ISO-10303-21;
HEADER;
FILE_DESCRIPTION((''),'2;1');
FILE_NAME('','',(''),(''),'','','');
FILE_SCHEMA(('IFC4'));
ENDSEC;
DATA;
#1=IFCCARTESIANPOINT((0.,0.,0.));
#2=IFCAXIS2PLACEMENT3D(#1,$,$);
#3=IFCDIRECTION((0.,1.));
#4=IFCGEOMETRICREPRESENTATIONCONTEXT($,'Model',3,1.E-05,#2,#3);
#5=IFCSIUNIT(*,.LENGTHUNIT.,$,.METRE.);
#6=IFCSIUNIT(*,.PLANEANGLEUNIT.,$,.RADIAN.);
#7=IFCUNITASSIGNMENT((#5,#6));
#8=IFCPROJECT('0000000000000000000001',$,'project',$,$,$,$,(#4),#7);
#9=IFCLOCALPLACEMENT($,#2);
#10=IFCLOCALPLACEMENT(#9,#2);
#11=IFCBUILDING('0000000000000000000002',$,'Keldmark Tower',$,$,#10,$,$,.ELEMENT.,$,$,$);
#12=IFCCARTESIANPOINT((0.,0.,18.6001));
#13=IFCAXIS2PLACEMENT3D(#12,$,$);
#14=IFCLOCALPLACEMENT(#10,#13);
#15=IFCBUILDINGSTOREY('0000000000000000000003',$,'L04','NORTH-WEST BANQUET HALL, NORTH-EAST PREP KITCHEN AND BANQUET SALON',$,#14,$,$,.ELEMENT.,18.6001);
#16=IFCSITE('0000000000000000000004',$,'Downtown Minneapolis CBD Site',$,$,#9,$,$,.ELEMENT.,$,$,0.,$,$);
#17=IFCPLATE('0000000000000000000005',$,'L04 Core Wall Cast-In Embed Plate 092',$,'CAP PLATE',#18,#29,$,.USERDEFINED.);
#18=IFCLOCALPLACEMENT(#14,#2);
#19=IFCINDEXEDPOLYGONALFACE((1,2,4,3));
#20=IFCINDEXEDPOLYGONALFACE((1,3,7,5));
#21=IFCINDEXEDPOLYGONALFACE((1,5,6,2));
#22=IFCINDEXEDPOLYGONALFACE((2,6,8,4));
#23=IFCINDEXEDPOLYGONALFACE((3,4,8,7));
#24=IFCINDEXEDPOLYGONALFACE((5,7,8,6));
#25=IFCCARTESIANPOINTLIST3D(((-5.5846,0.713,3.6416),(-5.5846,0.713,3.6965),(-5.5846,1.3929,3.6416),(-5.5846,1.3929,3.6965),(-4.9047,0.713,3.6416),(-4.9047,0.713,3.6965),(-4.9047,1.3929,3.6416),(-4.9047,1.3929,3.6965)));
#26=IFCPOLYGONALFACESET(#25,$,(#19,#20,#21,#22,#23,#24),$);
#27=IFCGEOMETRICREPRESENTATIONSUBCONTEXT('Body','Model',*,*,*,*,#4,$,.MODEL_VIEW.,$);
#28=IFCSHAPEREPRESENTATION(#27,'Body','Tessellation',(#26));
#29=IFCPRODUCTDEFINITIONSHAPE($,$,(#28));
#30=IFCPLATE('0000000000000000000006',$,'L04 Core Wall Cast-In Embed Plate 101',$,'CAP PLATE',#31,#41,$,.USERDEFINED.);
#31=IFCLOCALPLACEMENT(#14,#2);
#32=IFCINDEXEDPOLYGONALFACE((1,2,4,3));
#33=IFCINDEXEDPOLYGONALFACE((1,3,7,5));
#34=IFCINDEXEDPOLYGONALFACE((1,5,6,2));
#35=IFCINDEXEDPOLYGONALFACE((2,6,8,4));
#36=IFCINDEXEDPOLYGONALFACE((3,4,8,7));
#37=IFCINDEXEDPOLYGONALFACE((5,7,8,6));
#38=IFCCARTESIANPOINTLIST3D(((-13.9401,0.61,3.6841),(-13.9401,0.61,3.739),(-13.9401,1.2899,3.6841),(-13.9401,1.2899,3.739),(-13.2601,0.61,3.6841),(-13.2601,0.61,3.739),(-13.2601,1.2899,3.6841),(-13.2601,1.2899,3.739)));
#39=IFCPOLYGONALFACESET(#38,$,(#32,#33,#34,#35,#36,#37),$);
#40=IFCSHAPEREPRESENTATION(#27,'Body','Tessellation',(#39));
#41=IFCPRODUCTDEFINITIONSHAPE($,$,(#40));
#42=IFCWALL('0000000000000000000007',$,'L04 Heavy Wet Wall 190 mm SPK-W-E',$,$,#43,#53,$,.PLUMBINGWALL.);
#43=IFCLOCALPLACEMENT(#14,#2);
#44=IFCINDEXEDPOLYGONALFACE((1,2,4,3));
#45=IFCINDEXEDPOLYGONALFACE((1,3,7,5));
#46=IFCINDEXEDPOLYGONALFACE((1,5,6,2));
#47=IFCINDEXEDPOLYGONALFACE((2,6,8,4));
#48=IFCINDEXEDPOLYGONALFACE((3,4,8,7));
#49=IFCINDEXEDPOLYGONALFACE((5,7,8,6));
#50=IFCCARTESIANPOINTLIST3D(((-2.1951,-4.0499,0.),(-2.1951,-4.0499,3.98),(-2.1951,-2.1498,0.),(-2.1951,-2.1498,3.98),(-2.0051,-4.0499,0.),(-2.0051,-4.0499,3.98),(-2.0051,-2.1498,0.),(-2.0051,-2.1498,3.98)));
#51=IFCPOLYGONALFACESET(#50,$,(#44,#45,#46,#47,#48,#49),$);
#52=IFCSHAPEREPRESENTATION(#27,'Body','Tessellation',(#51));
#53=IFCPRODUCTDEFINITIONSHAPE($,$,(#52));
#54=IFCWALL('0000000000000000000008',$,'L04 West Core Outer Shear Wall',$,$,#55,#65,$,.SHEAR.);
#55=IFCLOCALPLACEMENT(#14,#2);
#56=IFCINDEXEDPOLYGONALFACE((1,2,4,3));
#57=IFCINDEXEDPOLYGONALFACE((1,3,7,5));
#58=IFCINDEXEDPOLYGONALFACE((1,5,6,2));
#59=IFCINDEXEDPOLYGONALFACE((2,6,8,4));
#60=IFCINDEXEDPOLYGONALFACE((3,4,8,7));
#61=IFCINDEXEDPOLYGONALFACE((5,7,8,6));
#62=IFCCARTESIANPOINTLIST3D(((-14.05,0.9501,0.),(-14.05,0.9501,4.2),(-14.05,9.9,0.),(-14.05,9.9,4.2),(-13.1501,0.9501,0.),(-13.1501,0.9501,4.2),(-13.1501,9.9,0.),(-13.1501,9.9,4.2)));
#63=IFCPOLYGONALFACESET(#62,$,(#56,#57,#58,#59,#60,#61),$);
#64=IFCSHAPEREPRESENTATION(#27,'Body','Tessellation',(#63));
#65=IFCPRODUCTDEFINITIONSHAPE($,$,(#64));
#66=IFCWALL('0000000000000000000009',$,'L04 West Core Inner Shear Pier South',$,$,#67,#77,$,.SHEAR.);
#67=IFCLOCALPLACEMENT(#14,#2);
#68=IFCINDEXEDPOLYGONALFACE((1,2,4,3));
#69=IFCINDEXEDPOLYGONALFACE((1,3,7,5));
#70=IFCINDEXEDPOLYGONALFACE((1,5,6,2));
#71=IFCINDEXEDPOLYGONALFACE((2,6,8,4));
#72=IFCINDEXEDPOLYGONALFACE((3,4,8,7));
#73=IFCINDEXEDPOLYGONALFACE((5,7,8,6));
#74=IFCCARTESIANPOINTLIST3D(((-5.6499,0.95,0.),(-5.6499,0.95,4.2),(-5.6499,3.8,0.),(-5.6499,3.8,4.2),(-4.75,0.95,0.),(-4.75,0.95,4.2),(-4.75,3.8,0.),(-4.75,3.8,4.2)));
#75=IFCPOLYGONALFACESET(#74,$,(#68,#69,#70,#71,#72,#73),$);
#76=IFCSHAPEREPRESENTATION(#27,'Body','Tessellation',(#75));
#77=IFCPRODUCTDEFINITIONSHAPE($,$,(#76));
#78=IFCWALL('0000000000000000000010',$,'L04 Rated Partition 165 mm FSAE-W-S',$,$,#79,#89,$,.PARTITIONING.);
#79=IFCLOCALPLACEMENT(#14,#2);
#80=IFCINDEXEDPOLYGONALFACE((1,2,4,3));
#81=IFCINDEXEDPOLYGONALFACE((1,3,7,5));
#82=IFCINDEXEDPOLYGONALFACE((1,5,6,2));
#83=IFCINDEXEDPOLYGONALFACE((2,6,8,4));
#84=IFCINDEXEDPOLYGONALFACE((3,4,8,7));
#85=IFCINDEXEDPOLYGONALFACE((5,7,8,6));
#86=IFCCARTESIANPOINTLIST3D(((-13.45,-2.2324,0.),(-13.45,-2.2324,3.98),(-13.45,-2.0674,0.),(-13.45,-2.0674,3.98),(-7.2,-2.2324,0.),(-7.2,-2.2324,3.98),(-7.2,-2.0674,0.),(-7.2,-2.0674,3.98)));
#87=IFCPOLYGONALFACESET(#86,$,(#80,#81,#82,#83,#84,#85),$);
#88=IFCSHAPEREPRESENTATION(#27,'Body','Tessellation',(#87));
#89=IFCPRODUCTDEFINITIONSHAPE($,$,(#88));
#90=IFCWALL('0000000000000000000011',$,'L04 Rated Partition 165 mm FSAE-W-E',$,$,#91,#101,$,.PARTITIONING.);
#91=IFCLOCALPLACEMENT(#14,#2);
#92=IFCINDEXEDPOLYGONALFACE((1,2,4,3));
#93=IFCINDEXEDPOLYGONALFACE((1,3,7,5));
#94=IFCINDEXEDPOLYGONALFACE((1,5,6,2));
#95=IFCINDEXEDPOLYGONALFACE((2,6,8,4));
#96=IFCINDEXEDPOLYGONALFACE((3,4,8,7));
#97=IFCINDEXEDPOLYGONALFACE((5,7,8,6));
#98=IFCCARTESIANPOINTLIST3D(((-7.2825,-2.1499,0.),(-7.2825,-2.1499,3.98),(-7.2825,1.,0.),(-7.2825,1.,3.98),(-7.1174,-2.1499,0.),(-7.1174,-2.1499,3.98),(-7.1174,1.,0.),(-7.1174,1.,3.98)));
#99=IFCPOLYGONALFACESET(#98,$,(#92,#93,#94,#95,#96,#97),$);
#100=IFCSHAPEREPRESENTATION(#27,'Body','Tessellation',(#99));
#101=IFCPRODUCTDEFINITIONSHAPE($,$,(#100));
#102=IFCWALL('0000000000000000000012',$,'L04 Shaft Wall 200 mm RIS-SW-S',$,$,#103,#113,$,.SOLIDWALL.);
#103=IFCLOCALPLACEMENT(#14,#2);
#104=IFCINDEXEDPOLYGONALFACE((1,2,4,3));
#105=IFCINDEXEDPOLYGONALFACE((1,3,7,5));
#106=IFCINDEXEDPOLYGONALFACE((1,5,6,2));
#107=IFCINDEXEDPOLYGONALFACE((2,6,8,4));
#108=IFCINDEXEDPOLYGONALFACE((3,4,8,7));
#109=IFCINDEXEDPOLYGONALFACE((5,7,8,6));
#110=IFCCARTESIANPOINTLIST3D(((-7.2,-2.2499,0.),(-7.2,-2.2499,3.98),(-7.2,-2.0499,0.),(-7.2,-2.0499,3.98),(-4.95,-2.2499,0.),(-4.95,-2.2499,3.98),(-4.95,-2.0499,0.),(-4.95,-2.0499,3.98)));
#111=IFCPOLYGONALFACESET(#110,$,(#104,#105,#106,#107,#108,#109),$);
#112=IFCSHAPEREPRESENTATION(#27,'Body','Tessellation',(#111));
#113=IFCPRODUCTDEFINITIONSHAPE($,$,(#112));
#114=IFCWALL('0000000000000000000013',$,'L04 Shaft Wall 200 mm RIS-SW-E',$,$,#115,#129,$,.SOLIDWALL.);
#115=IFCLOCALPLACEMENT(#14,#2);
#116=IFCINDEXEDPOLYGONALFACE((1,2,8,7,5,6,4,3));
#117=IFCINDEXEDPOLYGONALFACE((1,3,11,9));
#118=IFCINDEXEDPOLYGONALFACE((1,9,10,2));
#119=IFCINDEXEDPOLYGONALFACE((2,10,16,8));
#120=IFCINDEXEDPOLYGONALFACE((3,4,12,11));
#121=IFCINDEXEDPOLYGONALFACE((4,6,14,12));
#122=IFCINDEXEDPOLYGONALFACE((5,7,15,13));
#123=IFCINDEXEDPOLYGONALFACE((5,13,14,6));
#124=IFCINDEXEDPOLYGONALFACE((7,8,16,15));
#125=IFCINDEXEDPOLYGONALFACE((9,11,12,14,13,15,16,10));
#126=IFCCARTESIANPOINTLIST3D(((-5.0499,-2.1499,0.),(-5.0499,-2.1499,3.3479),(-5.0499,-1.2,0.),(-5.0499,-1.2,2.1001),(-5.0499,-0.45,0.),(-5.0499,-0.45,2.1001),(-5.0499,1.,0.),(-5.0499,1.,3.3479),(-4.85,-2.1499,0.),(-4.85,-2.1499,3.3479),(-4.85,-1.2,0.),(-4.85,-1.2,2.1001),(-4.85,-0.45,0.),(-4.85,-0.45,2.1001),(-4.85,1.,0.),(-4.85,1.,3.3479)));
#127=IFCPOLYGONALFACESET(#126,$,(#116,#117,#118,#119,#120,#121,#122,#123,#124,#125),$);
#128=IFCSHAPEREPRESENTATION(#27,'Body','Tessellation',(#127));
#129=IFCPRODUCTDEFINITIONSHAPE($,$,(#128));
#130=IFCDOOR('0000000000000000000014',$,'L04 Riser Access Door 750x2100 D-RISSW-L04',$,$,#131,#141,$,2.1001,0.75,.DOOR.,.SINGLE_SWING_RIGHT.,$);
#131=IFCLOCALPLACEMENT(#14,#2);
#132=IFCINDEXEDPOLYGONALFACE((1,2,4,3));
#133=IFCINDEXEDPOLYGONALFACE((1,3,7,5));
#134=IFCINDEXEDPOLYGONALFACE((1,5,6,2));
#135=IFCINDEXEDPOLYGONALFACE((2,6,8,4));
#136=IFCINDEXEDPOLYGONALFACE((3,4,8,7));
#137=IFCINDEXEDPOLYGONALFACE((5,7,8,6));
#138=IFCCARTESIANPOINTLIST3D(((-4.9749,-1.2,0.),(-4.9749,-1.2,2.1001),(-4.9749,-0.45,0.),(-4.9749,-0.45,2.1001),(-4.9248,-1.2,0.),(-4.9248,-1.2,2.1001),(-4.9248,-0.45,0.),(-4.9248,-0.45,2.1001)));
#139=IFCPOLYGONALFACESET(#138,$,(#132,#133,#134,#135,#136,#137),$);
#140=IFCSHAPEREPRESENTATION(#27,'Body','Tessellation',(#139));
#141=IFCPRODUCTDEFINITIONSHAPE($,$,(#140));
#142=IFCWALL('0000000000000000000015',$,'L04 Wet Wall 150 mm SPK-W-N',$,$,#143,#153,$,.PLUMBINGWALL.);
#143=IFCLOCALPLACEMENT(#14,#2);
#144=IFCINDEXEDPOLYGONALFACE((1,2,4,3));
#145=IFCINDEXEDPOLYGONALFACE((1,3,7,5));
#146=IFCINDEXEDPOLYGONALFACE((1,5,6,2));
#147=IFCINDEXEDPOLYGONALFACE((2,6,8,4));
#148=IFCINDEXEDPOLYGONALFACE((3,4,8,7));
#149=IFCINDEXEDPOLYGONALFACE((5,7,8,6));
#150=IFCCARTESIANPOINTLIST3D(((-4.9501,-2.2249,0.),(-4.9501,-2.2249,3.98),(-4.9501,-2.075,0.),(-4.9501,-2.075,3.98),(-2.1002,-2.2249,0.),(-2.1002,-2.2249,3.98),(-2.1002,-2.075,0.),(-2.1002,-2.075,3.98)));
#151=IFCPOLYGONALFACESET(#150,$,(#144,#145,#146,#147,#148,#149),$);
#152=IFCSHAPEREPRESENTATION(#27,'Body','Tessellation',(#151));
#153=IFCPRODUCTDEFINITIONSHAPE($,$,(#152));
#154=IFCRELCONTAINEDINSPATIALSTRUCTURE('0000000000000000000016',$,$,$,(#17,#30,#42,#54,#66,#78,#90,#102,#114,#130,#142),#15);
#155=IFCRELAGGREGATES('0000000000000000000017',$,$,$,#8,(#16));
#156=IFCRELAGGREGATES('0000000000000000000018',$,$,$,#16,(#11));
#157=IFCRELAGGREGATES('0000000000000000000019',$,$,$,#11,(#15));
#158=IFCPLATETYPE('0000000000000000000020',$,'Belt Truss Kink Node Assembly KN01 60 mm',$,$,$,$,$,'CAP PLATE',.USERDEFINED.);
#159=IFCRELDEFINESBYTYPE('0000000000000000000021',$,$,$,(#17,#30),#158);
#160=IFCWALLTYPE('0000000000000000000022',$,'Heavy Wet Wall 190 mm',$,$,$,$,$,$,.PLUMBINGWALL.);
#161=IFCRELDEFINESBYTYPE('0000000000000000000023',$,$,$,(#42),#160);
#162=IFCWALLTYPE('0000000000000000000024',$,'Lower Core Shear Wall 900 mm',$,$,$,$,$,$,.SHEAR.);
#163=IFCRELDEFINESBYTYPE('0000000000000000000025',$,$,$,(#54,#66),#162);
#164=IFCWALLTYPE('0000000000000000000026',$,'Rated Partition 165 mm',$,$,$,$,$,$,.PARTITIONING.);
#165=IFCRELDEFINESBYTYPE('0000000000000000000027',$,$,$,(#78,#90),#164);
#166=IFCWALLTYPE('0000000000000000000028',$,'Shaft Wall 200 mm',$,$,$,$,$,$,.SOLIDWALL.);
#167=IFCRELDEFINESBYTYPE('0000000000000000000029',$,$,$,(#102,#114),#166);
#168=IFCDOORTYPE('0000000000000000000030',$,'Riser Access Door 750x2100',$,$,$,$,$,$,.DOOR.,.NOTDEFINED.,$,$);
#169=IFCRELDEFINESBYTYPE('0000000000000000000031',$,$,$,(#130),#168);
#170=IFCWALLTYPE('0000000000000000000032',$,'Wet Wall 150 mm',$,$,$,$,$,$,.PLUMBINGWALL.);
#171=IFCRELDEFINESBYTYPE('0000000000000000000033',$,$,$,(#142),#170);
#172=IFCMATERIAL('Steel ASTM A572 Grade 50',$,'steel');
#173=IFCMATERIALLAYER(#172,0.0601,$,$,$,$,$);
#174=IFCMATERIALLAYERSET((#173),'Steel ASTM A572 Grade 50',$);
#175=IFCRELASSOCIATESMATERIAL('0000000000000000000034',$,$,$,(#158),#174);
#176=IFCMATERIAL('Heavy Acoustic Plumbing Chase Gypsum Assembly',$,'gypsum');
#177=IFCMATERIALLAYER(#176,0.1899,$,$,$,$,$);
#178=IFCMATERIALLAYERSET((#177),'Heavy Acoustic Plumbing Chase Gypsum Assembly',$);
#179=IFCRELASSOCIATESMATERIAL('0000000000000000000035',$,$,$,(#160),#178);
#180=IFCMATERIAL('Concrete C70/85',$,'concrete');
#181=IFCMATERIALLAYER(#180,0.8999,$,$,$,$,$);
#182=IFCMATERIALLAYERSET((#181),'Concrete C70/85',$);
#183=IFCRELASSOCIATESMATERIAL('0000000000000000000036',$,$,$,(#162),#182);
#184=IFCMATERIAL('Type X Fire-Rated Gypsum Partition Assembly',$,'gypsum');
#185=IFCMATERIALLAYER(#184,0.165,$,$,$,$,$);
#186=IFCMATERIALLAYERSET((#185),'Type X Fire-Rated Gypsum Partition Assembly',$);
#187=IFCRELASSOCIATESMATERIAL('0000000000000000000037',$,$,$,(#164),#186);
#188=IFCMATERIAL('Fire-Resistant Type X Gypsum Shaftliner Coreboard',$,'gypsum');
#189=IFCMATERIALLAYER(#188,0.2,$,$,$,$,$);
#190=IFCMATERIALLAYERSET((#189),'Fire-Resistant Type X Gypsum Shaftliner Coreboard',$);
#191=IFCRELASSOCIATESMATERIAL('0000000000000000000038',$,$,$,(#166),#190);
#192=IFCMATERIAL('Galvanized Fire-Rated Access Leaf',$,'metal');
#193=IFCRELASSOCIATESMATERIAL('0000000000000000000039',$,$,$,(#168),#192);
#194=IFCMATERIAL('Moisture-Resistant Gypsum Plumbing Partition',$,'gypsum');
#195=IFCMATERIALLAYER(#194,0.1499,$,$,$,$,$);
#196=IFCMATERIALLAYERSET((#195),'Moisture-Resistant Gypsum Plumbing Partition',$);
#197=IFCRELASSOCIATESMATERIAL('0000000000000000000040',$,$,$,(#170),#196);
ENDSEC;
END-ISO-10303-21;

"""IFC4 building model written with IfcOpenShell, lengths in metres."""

from ifc_helpers import new_model, si_unit, direction, frame, frame_2d, origin, origin_2d, place, context, subcontext, project, spatial, rectangle, extrude, material, layer, layer_set, type_object, element, fill, save


model = new_model("IFC4")

# Units and contexts
model_context = context("Model", 3, precision=1e-05, world=origin(), true_north=direction((0.0, 1.0)))
body_context = subcontext(model_context, "Body", "Model", "MODEL_VIEW")
ifc_project = project(units=[si_unit("LENGTHUNIT", "METRE"), si_unit("PLANEANGLEUNIT", "RADIAN")], contexts=[model_context])

# Site, building, storey
site_placement = place(None, origin())
site = spatial("IfcSite", under=ifc_project, at=site_placement, Name="Downtown Minneapolis CBD Site", CompositionType="ELEMENT", RefElevation=0.0)
building_placement = place(site_placement, origin())
building = spatial("IfcBuilding", under=site, at=building_placement, Name="Keldmark Tower", CompositionType="ELEMENT")
storey_placement = place(building_placement, frame((0.0, 0.0, 18.6001)))
storey = spatial("IfcBuildingStorey", under=building, at=storey_placement, Name="L04", Description="NORTH-WEST BANQUET HALL, NORTH-EAST PREP KITCHEN AND BANQUET SALON", CompositionType="ELEMENT", Elevation=18.6001)

# Plates
ifc_material_1 = material(Name="Steel ASTM A572 Grade 50", Category="steel")
ifc_layer_1 = layer(ifc_material_1, 0.0601)
ifc_layer_set_1 = layer_set([ifc_layer_1], Name="Steel ASTM A572 Grade 50")
plate_type = type_object("IfcPlateType", Name="Belt Truss Kink Node Assembly KN01 60 mm", ElementType="CAP PLATE", PredefinedType="USERDEFINED", material=ifc_layer_set_1)
for number, where, z_axis, x_axis, name in (
    (1, (-5.2446, 1.053, 3.6416), (0.0, 0.0, 1.0), (1.0, 0.0, 0.0), "L04 Core Wall Cast-In Embed Plate 092"),
    (2, (-13.6001, 0.95, 3.6841), (0.0, 0.0, 1.0), (1.0, 0.0, 0.0), "L04 Core Wall Cast-In Embed Plate 101"),
):
    element("IfcPlate", number, at=place(storey_placement, frame(where, z_axis=z_axis, x_axis=x_axis)), inside=storey, type_object=plate_type, Name=name, ObjectType="CAP PLATE", PredefinedType="USERDEFINED", context=body_context, shape_type="SweptSolid", body=[
        extrude(rectangle(XDim=0.6799, YDim=0.6799, at=origin_2d()), origin(), (0.0, 0.0, 1.0), 0.0549),
    ])

# Walls
ifc_material_2 = material(Name="Heavy Acoustic Plumbing Chase Gypsum Assembly", Category="gypsum")
ifc_layer_2 = layer(ifc_material_2, 0.1899)
ifc_layer_set_2 = layer_set([ifc_layer_2], Name="Heavy Acoustic Plumbing Chase Gypsum Assembly")
wall_type_1 = type_object("IfcWallType", Name="Heavy Wet Wall 190 mm", PredefinedType="PLUMBINGWALL", material=ifc_layer_set_2)
wall_1_placement = place(storey_placement, frame((-2.1001, -4.05, 0.0), z_axis=(0.0, 0.0, 1.0), x_axis=(0.0, 1.0, 0.0)))
element("IfcWall", 3, at=wall_1_placement, inside=storey, type_object=wall_type_1, Name="L04 Heavy Wet Wall 190 mm SPK-W-E", PredefinedType="PLUMBINGWALL", context=body_context, shape_type="SweptSolid", body=[
    extrude(rectangle(XDim=1.9001, YDim=0.1899, at=frame_2d((0.9502, 0.0))), origin(), (0.0, 0.0, 1.0), 3.98),
])
ifc_material_3 = material(Name="Concrete C70/85", Category="concrete")
ifc_layer_3 = layer(ifc_material_3, 0.8999)
ifc_layer_set_3 = layer_set([ifc_layer_3], Name="Concrete C70/85")
wall_type_2 = type_object("IfcWallType", Name="Lower Core Shear Wall 900 mm", PredefinedType="SHEAR", material=ifc_layer_set_3)
wall_2_placement = place(storey_placement, frame((-13.6001, 0.95, 0.0), z_axis=(0.0, 0.0, 1.0), x_axis=(0.0, 1.0, 0.0)))
element("IfcWall", 4, at=wall_2_placement, inside=storey, type_object=wall_type_2, Name="L04 West Core Outer Shear Wall", PredefinedType="SHEAR", context=body_context, shape_type="SweptSolid", body=[
    extrude(rectangle(XDim=8.95, YDim=0.8999, at=frame_2d((4.4751, 0.0))), origin(), (0.0, 0.0, 1.0), 4.2),
])

# Walls
wall_3_placement = place(storey_placement, frame((-5.2, 0.95, 0.0), z_axis=(0.0, 0.0, 1.0), x_axis=(0.0, 1.0, 0.0)))
element("IfcWall", 5, at=wall_3_placement, inside=storey, type_object=wall_type_2, Name="L04 West Core Inner Shear Pier South", PredefinedType="SHEAR", context=body_context, shape_type="SweptSolid", body=[
    extrude(rectangle(XDim=2.8501, YDim=0.8999, at=frame_2d((1.425, 0.0))), origin(), (0.0, 0.0, 1.0), 4.2),
])
ifc_material_4 = material(Name="Type X Fire-Rated Gypsum Partition Assembly", Category="gypsum")
ifc_layer_4 = layer(ifc_material_4, 0.165)
ifc_layer_set_4 = layer_set([ifc_layer_4], Name="Type X Fire-Rated Gypsum Partition Assembly")
wall_type_3 = type_object("IfcWallType", Name="Rated Partition 165 mm", PredefinedType="PARTITIONING", material=ifc_layer_set_4)
wall_4_placement = place(storey_placement, frame((-13.45, -2.1499, 0.0), z_axis=(0.0, 0.0, 1.0), x_axis=(1.0, 0.0, 0.0)))
element("IfcWall", 6, at=wall_4_placement, inside=storey, type_object=wall_type_3, Name="L04 Rated Partition 165 mm FSAE-W-S", PredefinedType="PARTITIONING", context=body_context, shape_type="SweptSolid", body=[
    extrude(rectangle(XDim=6.25, YDim=0.165, at=frame_2d((3.125, 0.0))), origin(), (0.0, 0.0, 1.0), 3.98),
])

# Walls
wall_5_placement = place(storey_placement, frame((-7.2, -2.1499, 0.0), z_axis=(0.0, 0.0, 1.0), x_axis=(0.0, 1.0, 0.0)))
element("IfcWall", 7, at=wall_5_placement, inside=storey, type_object=wall_type_3, Name="L04 Rated Partition 165 mm FSAE-W-E", PredefinedType="PARTITIONING", context=body_context, shape_type="SweptSolid", body=[
    extrude(rectangle(XDim=3.1499, YDim=0.165, at=frame_2d((1.575, 0.0))), origin(), (0.0, 0.0, 1.0), 3.98),
])
ifc_material_5 = material(Name="Fire-Resistant Type X Gypsum Shaftliner Coreboard", Category="gypsum")
ifc_layer_5 = layer(ifc_material_5, 0.2)
ifc_layer_set_5 = layer_set([ifc_layer_5], Name="Fire-Resistant Type X Gypsum Shaftliner Coreboard")
wall_type_4 = type_object("IfcWallType", Name="Shaft Wall 200 mm", PredefinedType="SOLIDWALL", material=ifc_layer_set_5)
wall_6_placement = place(storey_placement, frame((-7.2, -2.1499, 0.0), z_axis=(0.0, 0.0, 1.0), x_axis=(1.0, 0.0, 0.0)))
element("IfcWall", 8, at=wall_6_placement, inside=storey, type_object=wall_type_4, Name="L04 Shaft Wall 200 mm RIS-SW-S", PredefinedType="SOLIDWALL", context=body_context, shape_type="SweptSolid", body=[
    extrude(rectangle(XDim=2.25, YDim=0.2, at=frame_2d((1.125, 0.0))), origin(), (0.0, 0.0, 1.0), 3.98),
])

# Wall, opening, door
wall_7_placement = place(storey_placement, frame((-4.95, -2.1499, 0.0), z_axis=(0.0, 0.0, 1.0), x_axis=(0.0, 1.0, 0.0)))
wall_7 = element("IfcWall", 9, at=wall_7_placement, inside=storey, type_object=wall_type_4, Name="L04 Shaft Wall 200 mm RIS-SW-E", PredefinedType="SOLIDWALL", context=body_context, shape_type="SweptSolid", body=[
    extrude(rectangle(XDim=3.1499, YDim=0.2, at=frame_2d((1.575, 0.0))), origin(), (0.0, 0.0, 1.0), 3.3479),
])
opening_1_placement = place(wall_7_placement, frame((0.95, 0.0, 0.0)))
opening_1 = element("IfcOpeningElement", 10, at=opening_1_placement, cuts=wall_7, PredefinedType="OPENING", context=body_context, shape_type="SweptSolid", body=[
    extrude(rectangle(XDim=0.75, YDim=2.1001, at=frame_2d((0.375, 1.05))), frame((0.0, 0.1099, 0.0), z_axis=(0.0, -1.0, 0.0), x_axis=(1.0, 0.0, 0.0)), (0.0, 0.0, 1.0), 0.22),
])
ifc_material_6 = material(Name="Galvanized Fire-Rated Access Leaf", Category="metal")
door_type_1 = type_object("IfcDoorType", Name="Riser Access Door 750x2100", OperationType="NOTDEFINED", PredefinedType="DOOR", material=ifc_material_6)
door_1_placement = place(opening_1_placement, origin())
door_1 = element("IfcDoor", 11, at=door_1_placement, inside=storey, type_object=door_type_1, Name="L04 Riser Access Door 750x2100 D-RISSW-L04", OperationType="SINGLE_SWING_RIGHT", OverallHeight=2.1001, OverallWidth=0.75, PredefinedType="DOOR", context=body_context, shape_type="SweptSolid", body=[
    extrude(rectangle(XDim=0.75, YDim=2.1001, at=frame_2d((0.375, 1.05))), frame((0.0, 0.0249, 0.0), z_axis=(0.0, -1.0, 0.0), x_axis=(1.0, 0.0, 0.0)), (0.0, 0.0, 1.0), 0.05),
])
fill(opening_1, door_1)

# Wall
ifc_material_7 = material(Name="Moisture-Resistant Gypsum Plumbing Partition", Category="gypsum")
ifc_layer_6 = layer(ifc_material_7, 0.1499)
ifc_layer_set_6 = layer_set([ifc_layer_6], Name="Moisture-Resistant Gypsum Plumbing Partition")
wall_type_5 = type_object("IfcWallType", Name="Wet Wall 150 mm", PredefinedType="PLUMBINGWALL", material=ifc_layer_set_6)
wall_8_placement = place(storey_placement, frame((-4.95, -2.1499, 0.0), z_axis=(0.0, 0.0, 1.0), x_axis=(1.0, 0.0, 0.0)))
element("IfcWall", 12, at=wall_8_placement, inside=storey, type_object=wall_type_5, Name="L04 Wet Wall 150 mm SPK-W-N", PredefinedType="PLUMBINGWALL", context=body_context, shape_type="SweptSolid", body=[
    extrude(rectangle(XDim=2.8499, YDim=0.1499, at=frame_2d((1.4248, 0.0))), origin(), (0.0, 0.0, 1.0), 3.98),
])

save(model, "model.ifc")
